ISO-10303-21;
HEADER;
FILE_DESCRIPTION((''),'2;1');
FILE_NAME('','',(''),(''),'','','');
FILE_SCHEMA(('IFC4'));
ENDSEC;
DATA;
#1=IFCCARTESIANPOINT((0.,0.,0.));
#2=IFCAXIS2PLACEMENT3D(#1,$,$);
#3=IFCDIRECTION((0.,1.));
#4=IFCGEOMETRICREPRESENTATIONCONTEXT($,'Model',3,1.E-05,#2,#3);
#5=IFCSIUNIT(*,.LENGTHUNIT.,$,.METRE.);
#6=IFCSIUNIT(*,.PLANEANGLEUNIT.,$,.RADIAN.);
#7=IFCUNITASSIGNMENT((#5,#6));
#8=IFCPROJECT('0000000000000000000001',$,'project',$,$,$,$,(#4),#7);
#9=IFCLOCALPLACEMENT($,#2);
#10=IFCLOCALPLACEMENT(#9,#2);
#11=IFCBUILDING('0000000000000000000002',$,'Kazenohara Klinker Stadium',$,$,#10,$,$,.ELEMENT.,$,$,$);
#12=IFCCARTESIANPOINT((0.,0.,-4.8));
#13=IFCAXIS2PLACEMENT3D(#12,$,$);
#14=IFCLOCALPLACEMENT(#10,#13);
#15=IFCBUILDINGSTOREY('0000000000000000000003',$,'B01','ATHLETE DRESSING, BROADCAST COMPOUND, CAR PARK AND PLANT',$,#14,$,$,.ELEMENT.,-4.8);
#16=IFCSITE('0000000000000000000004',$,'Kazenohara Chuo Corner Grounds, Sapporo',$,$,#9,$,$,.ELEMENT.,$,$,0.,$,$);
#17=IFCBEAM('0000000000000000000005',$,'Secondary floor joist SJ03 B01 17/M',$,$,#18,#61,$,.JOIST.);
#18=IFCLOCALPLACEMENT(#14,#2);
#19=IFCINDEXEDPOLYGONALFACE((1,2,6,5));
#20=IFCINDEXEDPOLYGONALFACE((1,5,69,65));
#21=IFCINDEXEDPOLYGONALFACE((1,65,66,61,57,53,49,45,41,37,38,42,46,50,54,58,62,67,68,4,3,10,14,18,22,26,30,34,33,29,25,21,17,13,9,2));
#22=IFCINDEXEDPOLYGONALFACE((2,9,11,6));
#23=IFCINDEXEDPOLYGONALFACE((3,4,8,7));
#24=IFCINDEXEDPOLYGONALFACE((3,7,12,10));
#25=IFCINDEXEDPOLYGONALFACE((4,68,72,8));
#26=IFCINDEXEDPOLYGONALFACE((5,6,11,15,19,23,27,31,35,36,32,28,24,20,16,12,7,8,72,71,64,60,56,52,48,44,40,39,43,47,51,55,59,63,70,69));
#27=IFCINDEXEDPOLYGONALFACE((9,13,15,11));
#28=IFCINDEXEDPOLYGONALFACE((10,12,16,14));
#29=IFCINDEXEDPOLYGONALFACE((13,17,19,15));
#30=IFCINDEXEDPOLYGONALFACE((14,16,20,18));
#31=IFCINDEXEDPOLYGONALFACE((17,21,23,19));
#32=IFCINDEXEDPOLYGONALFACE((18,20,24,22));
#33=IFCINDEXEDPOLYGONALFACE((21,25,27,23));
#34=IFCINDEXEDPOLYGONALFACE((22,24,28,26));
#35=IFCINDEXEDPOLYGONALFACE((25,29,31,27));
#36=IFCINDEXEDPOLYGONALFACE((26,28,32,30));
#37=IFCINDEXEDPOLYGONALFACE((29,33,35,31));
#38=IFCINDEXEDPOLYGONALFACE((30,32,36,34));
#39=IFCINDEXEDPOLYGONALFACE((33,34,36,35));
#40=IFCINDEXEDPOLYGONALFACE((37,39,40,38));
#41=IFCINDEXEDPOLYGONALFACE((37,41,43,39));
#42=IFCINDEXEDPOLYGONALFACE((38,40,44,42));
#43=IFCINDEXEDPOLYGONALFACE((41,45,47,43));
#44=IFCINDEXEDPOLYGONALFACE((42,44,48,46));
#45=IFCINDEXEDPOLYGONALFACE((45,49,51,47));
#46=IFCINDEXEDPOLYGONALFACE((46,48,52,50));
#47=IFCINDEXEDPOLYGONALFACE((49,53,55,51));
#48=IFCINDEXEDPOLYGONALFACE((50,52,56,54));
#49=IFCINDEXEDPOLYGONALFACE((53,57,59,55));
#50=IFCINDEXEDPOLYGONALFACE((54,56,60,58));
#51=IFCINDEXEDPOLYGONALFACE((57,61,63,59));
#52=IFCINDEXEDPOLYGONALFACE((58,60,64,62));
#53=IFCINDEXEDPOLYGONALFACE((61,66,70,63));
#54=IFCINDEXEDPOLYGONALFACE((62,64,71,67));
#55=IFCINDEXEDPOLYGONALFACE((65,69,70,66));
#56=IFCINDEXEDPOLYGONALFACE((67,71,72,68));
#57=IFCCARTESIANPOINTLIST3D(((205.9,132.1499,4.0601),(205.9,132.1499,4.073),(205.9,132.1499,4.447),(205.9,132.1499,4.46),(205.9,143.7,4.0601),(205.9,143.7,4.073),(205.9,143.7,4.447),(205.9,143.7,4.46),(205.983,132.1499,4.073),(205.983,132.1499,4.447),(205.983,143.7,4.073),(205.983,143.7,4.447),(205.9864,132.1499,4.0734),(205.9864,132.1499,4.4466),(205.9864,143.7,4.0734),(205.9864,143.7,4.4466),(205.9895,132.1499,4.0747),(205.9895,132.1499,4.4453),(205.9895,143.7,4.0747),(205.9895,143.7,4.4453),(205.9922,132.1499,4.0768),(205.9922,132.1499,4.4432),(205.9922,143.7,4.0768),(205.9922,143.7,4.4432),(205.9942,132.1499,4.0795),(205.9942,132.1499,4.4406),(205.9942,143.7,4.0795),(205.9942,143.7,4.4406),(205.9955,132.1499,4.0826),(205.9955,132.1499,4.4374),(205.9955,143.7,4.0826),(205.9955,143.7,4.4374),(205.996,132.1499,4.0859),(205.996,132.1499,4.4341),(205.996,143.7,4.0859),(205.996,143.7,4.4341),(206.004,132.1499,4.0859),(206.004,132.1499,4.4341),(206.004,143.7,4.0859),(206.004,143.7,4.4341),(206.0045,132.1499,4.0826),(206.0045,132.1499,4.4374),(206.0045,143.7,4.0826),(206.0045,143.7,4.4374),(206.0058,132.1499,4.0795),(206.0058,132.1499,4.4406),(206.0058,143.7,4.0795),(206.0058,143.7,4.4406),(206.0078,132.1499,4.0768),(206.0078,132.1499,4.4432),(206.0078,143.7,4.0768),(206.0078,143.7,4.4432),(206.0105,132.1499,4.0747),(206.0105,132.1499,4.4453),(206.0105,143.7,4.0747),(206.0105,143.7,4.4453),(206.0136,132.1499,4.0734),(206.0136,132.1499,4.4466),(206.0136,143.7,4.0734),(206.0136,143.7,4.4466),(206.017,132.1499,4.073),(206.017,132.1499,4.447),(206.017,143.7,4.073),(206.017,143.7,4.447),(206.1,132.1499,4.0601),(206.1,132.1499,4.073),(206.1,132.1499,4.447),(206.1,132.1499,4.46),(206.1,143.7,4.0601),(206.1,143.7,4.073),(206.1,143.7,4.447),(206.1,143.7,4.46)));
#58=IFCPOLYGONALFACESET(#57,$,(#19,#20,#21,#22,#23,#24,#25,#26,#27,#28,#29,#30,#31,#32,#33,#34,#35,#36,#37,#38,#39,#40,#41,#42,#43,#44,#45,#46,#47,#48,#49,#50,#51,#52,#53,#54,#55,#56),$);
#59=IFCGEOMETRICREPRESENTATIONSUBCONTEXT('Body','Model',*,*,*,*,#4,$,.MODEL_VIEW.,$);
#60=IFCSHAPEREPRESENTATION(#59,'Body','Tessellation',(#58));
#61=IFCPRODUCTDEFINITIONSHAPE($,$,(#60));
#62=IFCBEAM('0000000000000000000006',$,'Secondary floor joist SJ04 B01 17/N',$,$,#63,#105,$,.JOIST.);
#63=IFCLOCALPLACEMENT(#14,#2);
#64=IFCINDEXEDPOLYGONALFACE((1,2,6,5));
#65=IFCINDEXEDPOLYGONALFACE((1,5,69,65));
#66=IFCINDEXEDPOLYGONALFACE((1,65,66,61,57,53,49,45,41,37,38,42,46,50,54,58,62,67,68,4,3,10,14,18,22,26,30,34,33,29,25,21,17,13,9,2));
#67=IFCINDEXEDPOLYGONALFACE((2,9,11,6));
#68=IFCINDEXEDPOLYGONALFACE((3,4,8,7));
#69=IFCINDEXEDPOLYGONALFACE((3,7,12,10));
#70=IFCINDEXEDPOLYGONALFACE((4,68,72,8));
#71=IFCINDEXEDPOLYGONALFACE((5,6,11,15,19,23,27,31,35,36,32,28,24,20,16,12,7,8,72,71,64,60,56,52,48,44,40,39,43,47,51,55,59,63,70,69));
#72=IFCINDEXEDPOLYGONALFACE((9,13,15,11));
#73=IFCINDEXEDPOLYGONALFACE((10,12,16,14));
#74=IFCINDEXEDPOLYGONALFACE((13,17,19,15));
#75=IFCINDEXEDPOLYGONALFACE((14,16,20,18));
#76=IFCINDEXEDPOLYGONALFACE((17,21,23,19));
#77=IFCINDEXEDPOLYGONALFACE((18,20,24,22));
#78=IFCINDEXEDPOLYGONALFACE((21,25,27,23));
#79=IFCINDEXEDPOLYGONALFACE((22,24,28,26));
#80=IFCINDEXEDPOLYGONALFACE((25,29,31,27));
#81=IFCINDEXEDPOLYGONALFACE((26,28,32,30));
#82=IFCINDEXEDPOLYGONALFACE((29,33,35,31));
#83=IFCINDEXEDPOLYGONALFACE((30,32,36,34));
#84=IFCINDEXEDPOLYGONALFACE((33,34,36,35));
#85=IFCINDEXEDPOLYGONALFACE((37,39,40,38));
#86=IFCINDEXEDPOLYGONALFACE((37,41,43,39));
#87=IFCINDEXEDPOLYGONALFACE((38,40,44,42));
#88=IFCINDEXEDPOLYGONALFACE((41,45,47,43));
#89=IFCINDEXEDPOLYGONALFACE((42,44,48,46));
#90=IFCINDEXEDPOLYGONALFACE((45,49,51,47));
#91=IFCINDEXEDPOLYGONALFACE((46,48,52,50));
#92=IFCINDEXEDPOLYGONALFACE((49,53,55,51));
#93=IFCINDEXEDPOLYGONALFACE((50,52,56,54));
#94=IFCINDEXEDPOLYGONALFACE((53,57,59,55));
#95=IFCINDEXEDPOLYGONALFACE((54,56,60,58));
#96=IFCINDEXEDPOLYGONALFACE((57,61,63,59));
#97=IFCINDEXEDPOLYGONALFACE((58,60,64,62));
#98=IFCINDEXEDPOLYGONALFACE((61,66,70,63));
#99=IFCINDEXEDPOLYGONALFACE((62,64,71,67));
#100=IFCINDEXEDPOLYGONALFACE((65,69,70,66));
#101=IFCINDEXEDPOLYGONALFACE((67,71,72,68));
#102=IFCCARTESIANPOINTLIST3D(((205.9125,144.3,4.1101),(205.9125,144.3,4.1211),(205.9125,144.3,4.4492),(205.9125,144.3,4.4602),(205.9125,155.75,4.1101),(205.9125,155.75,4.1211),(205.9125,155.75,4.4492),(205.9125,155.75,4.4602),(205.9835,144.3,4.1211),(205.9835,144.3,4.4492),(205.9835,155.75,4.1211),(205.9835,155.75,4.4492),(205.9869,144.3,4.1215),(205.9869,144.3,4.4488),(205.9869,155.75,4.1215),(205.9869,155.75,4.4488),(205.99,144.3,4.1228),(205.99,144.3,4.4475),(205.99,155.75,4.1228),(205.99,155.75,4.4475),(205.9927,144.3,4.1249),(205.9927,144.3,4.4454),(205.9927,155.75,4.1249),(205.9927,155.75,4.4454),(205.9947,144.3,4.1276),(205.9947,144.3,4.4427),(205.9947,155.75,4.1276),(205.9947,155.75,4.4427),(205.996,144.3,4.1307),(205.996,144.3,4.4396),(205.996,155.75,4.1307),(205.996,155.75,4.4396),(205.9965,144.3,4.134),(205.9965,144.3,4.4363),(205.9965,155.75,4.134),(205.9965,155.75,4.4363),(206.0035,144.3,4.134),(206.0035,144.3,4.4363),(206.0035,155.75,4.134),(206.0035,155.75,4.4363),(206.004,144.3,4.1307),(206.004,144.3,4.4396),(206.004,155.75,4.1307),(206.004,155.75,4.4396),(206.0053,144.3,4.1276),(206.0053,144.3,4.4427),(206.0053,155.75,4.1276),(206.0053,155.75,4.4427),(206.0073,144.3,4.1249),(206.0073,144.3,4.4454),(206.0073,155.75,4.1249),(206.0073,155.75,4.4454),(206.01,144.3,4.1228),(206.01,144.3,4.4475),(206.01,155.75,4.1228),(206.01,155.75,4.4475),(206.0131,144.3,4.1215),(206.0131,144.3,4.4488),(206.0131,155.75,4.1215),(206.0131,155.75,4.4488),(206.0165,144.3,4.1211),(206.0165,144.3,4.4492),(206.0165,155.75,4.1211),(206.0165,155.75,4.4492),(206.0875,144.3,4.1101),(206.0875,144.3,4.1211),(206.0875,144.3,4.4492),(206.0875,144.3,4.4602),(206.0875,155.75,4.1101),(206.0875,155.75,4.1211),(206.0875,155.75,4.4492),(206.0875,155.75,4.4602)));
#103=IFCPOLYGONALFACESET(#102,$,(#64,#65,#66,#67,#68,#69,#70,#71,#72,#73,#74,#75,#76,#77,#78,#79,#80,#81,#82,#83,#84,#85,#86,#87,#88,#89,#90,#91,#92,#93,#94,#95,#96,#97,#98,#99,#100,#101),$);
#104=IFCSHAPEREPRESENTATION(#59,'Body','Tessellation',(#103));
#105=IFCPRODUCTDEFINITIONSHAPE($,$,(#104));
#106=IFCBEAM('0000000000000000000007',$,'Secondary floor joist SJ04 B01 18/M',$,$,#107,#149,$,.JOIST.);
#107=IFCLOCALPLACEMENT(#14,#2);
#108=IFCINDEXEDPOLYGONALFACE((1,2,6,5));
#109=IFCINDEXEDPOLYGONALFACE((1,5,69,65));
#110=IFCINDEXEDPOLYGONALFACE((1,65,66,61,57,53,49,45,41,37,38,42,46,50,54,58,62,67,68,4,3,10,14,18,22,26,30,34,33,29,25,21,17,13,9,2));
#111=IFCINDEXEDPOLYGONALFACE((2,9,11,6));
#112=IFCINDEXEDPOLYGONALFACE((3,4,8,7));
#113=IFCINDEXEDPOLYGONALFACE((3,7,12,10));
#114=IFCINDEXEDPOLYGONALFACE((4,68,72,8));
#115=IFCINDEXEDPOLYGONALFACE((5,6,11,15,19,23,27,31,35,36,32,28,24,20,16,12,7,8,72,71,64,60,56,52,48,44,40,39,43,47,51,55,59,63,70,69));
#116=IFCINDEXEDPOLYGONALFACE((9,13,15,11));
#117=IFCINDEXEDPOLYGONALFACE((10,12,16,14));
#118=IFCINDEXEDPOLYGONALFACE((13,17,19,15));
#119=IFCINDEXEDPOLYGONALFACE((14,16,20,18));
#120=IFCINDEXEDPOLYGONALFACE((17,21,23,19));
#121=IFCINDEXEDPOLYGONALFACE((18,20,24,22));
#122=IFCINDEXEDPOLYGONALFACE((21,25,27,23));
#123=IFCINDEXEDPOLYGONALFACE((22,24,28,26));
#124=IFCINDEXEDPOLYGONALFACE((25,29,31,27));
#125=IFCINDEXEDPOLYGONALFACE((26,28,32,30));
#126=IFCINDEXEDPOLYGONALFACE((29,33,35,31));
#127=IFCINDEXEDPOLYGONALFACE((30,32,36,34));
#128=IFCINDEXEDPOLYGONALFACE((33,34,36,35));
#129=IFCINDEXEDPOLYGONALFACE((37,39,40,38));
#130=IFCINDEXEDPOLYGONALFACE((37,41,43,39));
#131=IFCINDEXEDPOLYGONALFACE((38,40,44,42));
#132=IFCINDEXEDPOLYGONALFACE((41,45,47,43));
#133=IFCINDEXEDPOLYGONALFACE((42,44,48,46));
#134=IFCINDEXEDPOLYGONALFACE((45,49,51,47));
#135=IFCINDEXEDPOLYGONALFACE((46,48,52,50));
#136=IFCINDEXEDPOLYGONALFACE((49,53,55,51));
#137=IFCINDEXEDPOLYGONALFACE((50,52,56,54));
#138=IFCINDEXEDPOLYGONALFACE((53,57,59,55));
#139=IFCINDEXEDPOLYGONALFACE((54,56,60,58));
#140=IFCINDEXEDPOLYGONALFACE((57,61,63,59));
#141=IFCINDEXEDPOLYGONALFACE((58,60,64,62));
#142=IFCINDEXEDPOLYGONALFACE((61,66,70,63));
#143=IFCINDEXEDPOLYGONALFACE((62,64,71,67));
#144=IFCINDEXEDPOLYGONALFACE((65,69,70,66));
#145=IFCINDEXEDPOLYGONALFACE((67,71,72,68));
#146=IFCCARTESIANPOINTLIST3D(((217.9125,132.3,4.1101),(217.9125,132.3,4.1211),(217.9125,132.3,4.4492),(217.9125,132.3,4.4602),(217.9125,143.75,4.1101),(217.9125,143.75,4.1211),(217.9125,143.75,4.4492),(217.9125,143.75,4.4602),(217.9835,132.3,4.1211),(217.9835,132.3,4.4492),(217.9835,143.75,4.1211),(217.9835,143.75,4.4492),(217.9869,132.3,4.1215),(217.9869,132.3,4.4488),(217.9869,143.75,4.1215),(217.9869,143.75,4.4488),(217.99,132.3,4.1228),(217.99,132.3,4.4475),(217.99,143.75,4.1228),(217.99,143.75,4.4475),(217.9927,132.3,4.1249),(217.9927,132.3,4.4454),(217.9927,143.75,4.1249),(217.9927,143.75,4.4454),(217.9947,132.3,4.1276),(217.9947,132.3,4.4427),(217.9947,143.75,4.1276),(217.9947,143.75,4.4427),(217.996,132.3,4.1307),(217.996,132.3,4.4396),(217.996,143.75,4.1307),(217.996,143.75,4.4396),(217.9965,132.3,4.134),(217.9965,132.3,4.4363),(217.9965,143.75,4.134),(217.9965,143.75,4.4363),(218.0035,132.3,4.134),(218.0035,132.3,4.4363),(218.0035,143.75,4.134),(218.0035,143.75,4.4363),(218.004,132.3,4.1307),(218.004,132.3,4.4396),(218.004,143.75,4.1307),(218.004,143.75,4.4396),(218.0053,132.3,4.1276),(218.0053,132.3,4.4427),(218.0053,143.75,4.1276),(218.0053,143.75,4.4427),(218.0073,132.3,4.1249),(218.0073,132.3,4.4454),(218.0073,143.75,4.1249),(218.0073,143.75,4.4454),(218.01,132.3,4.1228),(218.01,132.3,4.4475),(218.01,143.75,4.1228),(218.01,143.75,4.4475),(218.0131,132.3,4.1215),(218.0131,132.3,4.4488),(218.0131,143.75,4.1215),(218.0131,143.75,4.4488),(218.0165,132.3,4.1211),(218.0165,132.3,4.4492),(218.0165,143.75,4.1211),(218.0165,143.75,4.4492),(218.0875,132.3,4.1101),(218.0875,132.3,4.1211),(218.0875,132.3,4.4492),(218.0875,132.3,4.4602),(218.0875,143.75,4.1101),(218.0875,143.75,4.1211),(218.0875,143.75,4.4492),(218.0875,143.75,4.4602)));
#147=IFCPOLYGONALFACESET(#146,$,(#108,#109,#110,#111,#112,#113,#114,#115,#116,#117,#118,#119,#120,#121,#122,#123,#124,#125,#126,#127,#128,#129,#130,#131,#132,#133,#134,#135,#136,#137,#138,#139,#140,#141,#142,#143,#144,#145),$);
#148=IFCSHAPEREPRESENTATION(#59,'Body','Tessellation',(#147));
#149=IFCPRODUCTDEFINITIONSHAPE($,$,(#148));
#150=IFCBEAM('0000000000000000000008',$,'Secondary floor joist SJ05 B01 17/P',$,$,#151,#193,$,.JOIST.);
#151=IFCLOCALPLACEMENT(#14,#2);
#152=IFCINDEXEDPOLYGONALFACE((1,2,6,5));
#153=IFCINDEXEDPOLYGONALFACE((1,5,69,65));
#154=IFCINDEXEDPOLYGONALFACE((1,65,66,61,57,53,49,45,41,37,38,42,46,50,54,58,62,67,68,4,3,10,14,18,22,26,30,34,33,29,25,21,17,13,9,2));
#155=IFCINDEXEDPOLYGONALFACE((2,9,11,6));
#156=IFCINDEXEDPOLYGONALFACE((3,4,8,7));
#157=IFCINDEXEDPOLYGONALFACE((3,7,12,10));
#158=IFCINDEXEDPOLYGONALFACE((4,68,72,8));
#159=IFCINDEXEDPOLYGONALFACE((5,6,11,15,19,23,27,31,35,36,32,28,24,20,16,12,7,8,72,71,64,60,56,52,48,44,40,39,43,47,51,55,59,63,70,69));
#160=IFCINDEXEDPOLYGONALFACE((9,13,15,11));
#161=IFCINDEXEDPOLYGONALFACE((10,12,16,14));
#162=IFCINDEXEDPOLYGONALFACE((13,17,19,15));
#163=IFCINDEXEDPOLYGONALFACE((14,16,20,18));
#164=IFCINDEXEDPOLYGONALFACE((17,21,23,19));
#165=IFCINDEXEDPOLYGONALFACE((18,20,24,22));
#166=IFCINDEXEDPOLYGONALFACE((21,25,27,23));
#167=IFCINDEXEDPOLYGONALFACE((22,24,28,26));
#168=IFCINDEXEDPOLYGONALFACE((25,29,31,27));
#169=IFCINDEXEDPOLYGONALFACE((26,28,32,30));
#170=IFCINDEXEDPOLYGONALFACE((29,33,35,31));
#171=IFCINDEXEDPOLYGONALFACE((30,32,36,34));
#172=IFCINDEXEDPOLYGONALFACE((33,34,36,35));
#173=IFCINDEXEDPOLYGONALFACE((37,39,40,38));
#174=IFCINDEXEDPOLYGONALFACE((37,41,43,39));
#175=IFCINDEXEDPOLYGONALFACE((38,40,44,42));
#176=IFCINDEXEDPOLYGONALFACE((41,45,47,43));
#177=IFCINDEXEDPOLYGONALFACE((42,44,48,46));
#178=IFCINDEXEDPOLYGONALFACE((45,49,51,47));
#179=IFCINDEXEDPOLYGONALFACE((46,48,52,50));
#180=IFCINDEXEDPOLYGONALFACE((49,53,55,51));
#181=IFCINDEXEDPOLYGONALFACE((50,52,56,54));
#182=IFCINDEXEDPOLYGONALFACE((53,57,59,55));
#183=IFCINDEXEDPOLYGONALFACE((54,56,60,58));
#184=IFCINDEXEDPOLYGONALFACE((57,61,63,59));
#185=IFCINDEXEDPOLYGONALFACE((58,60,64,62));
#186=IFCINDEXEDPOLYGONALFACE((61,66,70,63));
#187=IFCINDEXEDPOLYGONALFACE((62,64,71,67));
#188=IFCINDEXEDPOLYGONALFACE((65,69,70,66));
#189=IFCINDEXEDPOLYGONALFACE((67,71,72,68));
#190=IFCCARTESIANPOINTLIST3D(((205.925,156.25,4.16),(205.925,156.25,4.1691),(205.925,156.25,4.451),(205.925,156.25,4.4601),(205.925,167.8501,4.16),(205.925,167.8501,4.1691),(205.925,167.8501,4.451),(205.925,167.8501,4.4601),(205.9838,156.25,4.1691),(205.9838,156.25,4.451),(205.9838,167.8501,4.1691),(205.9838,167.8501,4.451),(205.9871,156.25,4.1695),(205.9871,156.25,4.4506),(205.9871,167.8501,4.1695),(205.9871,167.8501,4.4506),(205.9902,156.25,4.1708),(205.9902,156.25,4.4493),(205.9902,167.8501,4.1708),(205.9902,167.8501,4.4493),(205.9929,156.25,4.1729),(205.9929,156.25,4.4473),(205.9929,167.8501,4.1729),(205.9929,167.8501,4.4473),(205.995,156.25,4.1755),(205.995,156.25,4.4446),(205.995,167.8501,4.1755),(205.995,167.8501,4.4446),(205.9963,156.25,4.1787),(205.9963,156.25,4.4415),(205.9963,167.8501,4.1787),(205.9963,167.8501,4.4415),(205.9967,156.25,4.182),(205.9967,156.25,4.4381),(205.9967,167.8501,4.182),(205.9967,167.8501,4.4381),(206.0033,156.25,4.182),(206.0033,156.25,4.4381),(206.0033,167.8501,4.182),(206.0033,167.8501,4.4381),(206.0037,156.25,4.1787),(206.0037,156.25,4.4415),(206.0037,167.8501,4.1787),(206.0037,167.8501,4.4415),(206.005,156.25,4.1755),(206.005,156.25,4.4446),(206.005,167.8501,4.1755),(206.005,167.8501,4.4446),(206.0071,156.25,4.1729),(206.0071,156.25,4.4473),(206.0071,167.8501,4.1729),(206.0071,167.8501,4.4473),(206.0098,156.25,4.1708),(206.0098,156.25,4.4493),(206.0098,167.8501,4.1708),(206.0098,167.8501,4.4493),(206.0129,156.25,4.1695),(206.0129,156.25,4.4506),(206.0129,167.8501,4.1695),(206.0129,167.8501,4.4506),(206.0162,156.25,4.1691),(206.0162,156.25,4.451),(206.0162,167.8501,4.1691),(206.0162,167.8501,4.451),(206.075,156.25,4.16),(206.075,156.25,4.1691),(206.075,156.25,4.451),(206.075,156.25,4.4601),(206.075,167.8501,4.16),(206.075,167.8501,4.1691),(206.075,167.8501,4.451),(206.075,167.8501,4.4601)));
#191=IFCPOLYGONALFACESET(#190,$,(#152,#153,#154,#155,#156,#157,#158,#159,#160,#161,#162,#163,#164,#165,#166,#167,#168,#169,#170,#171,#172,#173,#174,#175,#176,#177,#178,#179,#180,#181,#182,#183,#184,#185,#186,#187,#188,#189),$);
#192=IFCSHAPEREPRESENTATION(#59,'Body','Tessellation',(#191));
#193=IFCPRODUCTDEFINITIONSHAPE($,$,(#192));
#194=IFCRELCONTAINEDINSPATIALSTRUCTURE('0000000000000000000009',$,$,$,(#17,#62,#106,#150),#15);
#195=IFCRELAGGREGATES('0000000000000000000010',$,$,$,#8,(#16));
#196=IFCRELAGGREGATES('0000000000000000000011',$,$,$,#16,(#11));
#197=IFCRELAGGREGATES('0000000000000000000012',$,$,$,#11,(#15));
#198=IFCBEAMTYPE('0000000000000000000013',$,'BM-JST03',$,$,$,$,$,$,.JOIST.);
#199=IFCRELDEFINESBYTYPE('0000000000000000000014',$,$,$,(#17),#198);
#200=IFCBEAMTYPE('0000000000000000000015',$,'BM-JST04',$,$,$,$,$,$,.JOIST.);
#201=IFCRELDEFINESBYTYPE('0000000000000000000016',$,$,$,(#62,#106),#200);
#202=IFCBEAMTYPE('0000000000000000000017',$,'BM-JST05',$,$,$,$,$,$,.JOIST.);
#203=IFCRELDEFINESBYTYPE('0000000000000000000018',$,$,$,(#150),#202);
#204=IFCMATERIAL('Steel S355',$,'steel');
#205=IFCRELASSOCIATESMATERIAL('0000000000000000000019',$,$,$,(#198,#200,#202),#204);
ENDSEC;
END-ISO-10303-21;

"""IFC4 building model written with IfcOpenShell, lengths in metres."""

from ifc_helpers import new_model, si_unit, direction, frame, origin, origin_2d, place, context, subcontext, project, spatial, i_section, extrude, material, material_profile, profile_set, type_object, element, save


model = new_model("IFC4")

# Units and contexts
model_context = context("Model", 3, precision=1e-05, world=origin(), true_north=direction((0.0, 1.0)))
body_context = subcontext(model_context, "Body", "Model", "MODEL_VIEW")
ifc_project = project(units=[si_unit("LENGTHUNIT", "METRE"), si_unit("PLANEANGLEUNIT", "RADIAN")], contexts=[model_context])

# Site, building, storey
site_placement = place(None, origin())
site = spatial("IfcSite", under=ifc_project, at=site_placement, Name="Kazenohara Chuo Corner Grounds, Sapporo", CompositionType="ELEMENT", RefElevation=0.0)
building_placement = place(site_placement, origin())
building = spatial("IfcBuilding", under=site, at=building_placement, Name="Kazenohara Klinker Stadium", CompositionType="ELEMENT")
storey_placement = place(building_placement, frame((0.0, 0.0, -4.8)))
storey = spatial("IfcBuildingStorey", under=building, at=storey_placement, Name="B01", Description="ATHLETE DRESSING, BROADCAST COMPOUND, CAR PARK AND PLANT", CompositionType="ELEMENT", Elevation=-4.8)

# Beams
ifc_material_1 = material(Name="Steel S355", Category="steel")
ifc_material_profile_1 = material_profile(ifc_material_1, i_section(OverallWidth=0.2, OverallDepth=0.3999, WebThickness=0.0081, FlangeThickness=0.0129, FilletRadius=0.0129, at=origin_2d()), Name="H-400x200x8x13")
ifc_profile_set_1 = profile_set([ifc_material_profile_1], Name="Steel S355")
beam_type_1 = type_object("IfcBeamType", Name="BM-JST03", PredefinedType="JOIST", material=ifc_profile_set_1)
beam_1_placement = place(storey_placement, frame((206.0, 132.1499, 4.26), z_axis=(0.0, 1.0, 0.0), x_axis=(-1.0, 0.0, 0.0)))
element("IfcBeam", 1, at=beam_1_placement, inside=storey, type_object=beam_type_1, Name="Secondary floor joist SJ03 B01 17/M", PredefinedType="JOIST", context=body_context, shape_type="SweptSolid", body=[
    extrude(i_section(OverallWidth=0.2, OverallDepth=0.3999, WebThickness=0.0081, FlangeThickness=0.0129, FilletRadius=0.0129, at=origin_2d()), origin(), (0.0, 0.0, 1.0), 11.55),
])
ifc_material_profile_2 = material_profile(ifc_material_1, i_section(OverallWidth=0.175, OverallDepth=0.3501, WebThickness=0.0071, FlangeThickness=0.011, FilletRadius=0.0129, at=origin_2d()), Name="H-350x175x7x11")
ifc_profile_set_2 = profile_set([ifc_material_profile_2], Name="Steel S355")
beam_type_2 = type_object("IfcBeamType", Name="BM-JST04", PredefinedType="JOIST", material=ifc_profile_set_2)
for number, where, z_axis, x_axis, name in (
    (2, (206.0, 144.3, 4.2852), (0.0, 1.0, 0.0), (-1.0, 0.0, 0.0), "Secondary floor joist SJ04 B01 17/N"),
    (3, (218.0, 132.3, 4.2852), (0.0, 1.0, 0.0), (-1.0, 0.0, 0.0), "Secondary floor joist SJ04 B01 18/M"),
):
    element("IfcBeam", number, at=place(storey_placement, frame(where, z_axis=z_axis, x_axis=x_axis)), inside=storey, type_object=beam_type_2, Name=name, PredefinedType="JOIST", context=body_context, shape_type="SweptSolid", body=[
        extrude(i_section(OverallWidth=0.175, OverallDepth=0.3501, WebThickness=0.0071, FlangeThickness=0.011, FilletRadius=0.0129, at=origin_2d()), origin(), (0.0, 0.0, 1.0), 11.45),
    ])
ifc_material_profile_3 = material_profile(ifc_material_1, i_section(OverallWidth=0.1499, OverallDepth=0.3, WebThickness=0.0066, FlangeThickness=0.009, FilletRadius=0.0129, at=origin_2d()), Name="H-300x150x6.5x9")
ifc_profile_set_3 = profile_set([ifc_material_profile_3], Name="Steel S355")
beam_type_3 = type_object("IfcBeamType", Name="BM-JST05", PredefinedType="JOIST", material=ifc_profile_set_3)
for number, where, z_axis, x_axis, name in (
    (4, (206.0, 156.25, 4.3101), (0.0, 1.0, 0.0), (-1.0, 0.0, 0.0), "Secondary floor joist SJ05 B01 17/P"),
):
    element("IfcBeam", number, at=place(storey_placement, frame(where, z_axis=z_axis, x_axis=x_axis)), inside=storey, type_object=beam_type_3, Name=name, PredefinedType="JOIST", context=body_context, shape_type="SweptSolid", body=[
        extrude(i_section(OverallWidth=0.1499, OverallDepth=0.3, WebThickness=0.0066, FlangeThickness=0.009, FilletRadius=0.0129, at=origin_2d()), origin(), (0.0, 0.0, 1.0), 11.6001),
    ])

save(model, "model.ifc")
